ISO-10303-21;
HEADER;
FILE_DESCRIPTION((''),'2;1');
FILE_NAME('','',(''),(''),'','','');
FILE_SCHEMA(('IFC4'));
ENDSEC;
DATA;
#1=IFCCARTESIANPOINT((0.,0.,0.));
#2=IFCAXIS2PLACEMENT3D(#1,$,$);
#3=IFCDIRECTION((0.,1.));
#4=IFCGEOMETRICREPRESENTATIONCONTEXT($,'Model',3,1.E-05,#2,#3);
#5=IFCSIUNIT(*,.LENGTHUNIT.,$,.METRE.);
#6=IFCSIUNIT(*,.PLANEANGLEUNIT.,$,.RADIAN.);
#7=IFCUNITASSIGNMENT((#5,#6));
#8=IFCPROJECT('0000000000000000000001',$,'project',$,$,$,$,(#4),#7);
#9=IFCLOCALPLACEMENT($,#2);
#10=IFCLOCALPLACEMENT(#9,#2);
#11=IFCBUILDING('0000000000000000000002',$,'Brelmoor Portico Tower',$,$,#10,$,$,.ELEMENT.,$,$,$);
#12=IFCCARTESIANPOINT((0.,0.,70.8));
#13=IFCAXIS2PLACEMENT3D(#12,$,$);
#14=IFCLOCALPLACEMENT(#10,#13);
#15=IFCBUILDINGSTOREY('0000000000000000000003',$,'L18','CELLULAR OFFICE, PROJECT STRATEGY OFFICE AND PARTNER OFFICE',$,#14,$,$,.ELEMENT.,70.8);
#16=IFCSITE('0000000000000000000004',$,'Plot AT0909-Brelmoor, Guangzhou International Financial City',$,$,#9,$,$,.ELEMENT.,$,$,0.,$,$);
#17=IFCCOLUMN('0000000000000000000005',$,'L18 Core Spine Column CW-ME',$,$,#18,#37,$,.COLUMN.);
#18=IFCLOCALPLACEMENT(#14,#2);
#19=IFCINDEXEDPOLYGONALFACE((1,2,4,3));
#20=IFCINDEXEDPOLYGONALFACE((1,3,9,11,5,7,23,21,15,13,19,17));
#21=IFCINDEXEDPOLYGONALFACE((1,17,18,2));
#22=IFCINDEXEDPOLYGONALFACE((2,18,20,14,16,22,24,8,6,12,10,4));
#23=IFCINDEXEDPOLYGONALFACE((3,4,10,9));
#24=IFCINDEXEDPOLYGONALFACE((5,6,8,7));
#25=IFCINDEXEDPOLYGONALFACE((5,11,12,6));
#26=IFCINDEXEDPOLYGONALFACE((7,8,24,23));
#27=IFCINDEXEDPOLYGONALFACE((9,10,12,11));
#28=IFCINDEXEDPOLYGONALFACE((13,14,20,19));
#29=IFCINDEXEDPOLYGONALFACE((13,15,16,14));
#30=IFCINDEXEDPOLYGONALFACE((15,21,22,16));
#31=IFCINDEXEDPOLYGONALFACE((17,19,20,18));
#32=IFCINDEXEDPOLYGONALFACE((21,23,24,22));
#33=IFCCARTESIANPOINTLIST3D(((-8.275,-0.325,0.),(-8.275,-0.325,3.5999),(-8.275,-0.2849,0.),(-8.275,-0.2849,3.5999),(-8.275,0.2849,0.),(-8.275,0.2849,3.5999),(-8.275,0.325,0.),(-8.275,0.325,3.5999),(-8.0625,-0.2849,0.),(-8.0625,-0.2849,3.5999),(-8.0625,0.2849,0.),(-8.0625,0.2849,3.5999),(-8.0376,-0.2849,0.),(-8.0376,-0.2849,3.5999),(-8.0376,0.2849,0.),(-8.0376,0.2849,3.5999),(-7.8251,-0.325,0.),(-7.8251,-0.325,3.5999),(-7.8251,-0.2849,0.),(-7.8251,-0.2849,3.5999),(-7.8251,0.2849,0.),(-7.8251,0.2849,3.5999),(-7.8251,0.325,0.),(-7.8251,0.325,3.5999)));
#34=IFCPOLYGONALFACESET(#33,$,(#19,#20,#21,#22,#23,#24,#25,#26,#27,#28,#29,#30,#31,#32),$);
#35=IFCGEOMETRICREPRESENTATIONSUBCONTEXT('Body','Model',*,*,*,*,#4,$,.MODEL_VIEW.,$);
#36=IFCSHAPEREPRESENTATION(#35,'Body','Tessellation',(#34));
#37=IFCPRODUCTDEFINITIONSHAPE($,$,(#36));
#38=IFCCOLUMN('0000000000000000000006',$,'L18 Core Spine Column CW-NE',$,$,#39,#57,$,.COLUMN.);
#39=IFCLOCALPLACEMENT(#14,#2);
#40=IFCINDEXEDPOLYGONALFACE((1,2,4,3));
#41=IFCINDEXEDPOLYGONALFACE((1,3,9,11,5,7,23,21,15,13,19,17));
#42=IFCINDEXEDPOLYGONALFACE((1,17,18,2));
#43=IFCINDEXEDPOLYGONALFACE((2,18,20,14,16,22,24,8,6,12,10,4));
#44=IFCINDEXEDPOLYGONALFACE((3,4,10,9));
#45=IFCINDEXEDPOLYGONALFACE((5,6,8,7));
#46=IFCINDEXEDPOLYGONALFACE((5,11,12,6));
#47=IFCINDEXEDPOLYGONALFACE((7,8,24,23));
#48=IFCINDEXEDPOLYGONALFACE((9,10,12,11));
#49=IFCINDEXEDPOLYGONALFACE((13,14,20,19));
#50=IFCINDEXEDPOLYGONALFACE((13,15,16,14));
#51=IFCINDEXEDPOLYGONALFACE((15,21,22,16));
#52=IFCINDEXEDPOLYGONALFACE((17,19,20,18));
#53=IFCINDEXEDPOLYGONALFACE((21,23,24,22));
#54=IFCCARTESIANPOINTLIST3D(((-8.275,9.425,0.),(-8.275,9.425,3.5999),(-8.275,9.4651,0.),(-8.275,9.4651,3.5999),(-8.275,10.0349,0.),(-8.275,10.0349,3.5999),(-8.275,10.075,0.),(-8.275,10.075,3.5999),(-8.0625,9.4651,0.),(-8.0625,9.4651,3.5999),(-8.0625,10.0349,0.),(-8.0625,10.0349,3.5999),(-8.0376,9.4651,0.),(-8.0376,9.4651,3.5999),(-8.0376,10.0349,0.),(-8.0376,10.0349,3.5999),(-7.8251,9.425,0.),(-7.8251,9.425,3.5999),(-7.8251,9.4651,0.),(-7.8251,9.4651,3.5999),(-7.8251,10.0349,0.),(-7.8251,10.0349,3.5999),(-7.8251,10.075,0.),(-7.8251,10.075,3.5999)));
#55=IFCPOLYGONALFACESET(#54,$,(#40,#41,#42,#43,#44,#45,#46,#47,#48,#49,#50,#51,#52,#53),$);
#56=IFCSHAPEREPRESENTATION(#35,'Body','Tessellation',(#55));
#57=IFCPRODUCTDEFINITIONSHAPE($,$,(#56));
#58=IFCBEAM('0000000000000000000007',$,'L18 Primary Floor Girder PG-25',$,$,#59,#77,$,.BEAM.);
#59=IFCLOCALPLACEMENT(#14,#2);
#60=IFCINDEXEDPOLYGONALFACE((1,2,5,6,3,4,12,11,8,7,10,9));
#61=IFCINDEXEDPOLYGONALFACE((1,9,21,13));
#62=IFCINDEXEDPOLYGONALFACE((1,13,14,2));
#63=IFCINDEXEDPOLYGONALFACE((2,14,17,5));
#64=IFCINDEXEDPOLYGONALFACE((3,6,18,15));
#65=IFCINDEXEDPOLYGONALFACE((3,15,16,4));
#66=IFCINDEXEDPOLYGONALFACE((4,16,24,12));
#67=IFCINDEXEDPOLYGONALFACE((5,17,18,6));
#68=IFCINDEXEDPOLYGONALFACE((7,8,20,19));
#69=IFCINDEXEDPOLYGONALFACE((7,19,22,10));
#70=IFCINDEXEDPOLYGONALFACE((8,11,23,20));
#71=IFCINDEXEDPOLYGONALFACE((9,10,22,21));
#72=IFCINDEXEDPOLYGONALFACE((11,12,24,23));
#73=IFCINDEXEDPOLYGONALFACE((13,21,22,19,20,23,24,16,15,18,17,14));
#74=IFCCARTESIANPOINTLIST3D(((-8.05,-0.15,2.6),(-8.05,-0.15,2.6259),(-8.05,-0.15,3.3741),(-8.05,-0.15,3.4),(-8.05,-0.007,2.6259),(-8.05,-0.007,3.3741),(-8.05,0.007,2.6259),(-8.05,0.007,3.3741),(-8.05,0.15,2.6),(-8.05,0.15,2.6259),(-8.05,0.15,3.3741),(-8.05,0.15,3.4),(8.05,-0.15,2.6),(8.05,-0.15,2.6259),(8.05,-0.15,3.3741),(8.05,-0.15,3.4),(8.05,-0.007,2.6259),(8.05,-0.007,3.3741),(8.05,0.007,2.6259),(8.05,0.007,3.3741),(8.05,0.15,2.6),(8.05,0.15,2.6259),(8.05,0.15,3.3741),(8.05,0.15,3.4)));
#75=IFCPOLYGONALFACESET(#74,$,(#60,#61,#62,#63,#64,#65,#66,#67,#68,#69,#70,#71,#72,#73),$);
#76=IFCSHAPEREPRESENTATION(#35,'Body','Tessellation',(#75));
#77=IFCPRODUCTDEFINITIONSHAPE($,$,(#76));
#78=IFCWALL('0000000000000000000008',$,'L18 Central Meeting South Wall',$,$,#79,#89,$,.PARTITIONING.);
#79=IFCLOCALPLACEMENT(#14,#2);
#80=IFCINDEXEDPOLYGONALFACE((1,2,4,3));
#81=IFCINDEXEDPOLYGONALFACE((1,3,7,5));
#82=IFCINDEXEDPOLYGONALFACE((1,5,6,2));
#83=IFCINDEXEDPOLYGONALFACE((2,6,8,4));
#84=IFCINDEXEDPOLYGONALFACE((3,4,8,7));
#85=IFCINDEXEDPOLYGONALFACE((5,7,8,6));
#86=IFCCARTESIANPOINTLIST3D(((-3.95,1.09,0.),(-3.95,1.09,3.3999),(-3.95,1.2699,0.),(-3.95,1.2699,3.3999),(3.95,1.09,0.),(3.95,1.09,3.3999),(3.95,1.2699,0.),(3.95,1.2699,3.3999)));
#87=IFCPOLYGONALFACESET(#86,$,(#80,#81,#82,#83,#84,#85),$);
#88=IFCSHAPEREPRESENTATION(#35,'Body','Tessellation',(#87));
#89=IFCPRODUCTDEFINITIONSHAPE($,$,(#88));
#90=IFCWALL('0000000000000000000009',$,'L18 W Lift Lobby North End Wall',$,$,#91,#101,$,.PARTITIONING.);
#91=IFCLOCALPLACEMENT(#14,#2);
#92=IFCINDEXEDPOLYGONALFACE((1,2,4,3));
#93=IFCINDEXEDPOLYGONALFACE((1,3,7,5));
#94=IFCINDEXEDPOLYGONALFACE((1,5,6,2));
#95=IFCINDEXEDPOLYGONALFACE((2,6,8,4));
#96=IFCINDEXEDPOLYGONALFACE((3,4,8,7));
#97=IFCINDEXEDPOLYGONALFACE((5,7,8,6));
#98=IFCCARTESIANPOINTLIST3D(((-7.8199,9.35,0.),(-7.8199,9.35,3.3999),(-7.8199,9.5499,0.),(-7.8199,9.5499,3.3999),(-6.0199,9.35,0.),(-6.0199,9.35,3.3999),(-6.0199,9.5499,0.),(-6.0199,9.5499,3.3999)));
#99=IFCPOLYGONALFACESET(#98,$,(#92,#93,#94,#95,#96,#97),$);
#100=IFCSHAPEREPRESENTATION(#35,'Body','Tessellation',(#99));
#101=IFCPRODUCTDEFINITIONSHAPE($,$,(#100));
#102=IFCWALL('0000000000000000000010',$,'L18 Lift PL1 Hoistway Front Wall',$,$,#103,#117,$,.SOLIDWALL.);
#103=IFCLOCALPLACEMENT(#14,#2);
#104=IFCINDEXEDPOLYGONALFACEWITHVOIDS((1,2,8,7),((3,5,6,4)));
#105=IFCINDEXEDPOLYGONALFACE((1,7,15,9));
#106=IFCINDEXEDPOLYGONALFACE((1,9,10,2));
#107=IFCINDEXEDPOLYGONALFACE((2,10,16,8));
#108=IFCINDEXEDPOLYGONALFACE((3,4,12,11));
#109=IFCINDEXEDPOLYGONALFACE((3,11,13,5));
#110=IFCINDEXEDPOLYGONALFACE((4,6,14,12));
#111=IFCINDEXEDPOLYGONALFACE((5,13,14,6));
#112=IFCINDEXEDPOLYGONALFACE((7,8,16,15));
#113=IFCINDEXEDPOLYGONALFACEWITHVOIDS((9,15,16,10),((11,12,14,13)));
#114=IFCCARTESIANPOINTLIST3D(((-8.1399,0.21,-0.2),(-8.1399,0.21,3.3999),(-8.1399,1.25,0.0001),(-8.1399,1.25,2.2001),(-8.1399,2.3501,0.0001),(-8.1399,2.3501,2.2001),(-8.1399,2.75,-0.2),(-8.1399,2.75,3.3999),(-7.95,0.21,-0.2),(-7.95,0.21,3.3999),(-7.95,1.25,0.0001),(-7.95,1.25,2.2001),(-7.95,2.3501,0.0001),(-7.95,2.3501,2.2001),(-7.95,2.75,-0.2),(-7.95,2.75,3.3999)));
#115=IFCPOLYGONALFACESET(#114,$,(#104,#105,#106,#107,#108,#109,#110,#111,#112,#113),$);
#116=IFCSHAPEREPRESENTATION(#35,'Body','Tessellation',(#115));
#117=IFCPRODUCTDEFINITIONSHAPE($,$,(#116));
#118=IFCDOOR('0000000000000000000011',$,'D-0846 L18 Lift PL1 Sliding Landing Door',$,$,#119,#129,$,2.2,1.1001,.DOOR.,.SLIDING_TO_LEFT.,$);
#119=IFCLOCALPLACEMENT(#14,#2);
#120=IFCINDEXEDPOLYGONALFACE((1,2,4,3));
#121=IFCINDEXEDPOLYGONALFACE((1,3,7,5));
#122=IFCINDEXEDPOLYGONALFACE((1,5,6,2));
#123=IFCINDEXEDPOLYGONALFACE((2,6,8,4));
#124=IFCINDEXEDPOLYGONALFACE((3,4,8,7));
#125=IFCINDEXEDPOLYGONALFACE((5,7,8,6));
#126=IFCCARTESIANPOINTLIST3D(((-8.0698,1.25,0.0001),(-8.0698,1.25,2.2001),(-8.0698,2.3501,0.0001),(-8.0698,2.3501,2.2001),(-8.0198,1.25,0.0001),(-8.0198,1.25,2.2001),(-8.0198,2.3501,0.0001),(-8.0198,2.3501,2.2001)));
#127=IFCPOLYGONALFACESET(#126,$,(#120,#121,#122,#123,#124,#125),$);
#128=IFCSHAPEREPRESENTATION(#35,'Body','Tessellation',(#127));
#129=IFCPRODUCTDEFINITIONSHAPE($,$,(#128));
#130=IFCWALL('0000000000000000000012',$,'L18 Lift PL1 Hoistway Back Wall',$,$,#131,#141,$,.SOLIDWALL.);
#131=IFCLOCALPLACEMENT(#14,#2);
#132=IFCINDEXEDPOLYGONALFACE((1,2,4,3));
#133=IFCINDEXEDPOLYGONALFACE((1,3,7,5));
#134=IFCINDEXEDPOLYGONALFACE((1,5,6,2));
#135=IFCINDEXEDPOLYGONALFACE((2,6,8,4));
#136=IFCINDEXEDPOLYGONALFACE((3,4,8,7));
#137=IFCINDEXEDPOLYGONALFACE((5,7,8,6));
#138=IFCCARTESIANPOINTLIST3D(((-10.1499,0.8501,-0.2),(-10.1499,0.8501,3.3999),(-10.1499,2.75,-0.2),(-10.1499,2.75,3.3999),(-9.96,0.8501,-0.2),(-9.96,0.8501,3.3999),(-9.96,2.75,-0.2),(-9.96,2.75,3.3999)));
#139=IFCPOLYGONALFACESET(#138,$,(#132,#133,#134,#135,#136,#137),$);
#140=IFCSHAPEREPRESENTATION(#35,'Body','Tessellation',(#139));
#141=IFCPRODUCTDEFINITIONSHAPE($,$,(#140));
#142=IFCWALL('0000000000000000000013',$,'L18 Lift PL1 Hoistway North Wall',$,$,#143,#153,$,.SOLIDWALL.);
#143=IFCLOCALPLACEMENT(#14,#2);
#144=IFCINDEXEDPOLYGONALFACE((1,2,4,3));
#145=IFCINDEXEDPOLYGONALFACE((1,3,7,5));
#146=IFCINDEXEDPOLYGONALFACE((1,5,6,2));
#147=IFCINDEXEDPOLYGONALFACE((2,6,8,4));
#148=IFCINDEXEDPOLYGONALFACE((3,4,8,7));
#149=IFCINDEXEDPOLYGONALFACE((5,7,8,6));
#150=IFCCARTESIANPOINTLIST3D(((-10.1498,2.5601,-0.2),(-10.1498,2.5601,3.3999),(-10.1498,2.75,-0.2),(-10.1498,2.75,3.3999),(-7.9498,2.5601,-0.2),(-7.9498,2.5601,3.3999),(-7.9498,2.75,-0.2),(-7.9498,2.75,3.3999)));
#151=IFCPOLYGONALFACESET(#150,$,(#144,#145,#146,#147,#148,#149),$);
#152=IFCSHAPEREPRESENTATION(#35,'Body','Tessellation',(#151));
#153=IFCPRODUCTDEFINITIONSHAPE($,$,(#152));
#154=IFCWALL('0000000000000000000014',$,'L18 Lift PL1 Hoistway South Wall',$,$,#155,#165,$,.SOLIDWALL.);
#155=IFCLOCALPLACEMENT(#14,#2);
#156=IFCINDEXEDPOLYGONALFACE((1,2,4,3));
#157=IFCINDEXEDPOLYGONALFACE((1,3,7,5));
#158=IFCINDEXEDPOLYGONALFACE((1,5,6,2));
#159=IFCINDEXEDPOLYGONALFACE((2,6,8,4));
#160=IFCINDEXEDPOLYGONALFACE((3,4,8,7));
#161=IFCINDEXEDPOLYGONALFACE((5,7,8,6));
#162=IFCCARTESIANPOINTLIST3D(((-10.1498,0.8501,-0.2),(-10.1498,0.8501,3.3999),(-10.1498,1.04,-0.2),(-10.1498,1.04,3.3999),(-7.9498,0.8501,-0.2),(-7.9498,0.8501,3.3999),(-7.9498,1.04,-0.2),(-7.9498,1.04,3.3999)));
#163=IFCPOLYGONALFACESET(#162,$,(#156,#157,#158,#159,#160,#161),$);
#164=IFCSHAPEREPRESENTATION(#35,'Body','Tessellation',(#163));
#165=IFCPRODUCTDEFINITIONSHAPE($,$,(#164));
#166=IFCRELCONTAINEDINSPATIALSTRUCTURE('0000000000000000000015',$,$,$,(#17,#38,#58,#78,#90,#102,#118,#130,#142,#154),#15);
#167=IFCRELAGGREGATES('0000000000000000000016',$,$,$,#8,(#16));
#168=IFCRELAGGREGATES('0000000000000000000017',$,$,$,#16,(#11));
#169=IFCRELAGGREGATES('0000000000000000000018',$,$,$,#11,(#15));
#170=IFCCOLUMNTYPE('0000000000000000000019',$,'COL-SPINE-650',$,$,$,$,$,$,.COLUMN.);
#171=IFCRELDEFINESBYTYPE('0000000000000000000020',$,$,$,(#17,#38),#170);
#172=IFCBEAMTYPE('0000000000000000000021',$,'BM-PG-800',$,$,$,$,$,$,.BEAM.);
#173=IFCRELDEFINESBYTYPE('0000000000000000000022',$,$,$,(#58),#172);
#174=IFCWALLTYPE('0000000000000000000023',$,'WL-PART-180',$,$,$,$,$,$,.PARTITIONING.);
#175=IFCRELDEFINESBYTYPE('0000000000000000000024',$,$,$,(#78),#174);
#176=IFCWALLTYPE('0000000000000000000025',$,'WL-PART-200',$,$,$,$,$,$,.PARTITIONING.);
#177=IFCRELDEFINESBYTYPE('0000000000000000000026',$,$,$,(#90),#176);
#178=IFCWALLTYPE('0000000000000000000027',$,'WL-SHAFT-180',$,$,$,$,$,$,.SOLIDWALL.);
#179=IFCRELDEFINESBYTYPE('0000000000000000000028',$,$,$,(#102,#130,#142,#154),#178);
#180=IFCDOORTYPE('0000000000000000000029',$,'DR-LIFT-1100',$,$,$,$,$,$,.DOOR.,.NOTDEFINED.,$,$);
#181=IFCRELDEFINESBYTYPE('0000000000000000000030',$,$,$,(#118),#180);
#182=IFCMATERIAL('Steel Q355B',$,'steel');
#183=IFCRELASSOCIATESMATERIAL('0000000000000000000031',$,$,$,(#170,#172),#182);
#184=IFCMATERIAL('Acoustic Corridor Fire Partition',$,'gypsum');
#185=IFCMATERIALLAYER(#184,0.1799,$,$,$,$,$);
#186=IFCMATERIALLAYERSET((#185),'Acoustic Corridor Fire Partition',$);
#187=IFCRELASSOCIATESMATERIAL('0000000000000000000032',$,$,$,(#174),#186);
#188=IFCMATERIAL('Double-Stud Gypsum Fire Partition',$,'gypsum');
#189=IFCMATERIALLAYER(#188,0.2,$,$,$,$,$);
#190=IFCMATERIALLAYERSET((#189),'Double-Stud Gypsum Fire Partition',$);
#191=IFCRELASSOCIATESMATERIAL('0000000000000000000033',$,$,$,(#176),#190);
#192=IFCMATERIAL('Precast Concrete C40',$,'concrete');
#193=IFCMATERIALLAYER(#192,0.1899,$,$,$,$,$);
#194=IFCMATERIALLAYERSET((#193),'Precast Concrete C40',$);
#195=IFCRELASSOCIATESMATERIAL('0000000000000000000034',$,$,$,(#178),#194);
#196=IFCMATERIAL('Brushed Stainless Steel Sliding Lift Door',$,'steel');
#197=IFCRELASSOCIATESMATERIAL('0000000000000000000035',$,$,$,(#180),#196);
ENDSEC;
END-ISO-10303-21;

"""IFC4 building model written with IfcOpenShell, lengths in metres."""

from ifc_helpers import new_model, si_unit, direction, frame, frame_2d, origin, origin_2d, place, context, subcontext, project, spatial, rectangle, i_section, extrude, material, layer, layer_set, material_profile, profile_set, type_object, element, fill, save


model = new_model("IFC4")

# Units and contexts
model_context = context("Model", 3, precision=1e-05, world=origin(), true_north=direction((0.0, 1.0)))
body_context = subcontext(model_context, "Body", "Model", "MODEL_VIEW")
ifc_project = project(units=[si_unit("LENGTHUNIT", "METRE"), si_unit("PLANEANGLEUNIT", "RADIAN")], contexts=[model_context])

# Site, building, storey
site_placement = place(None, origin())
site = spatial("IfcSite", under=ifc_project, at=site_placement, Name="Plot AT0909-Brelmoor, Guangzhou International Financial City", CompositionType="ELEMENT", RefElevation=0.0)
building_placement = place(site_placement, origin())
building = spatial("IfcBuilding", under=site, at=building_placement, Name="Brelmoor Portico Tower", CompositionType="ELEMENT")
storey_placement = place(building_placement, frame((0.0, 0.0, 70.8)))
storey = spatial("IfcBuildingStorey", under=building, at=storey_placement, Name="L18", Description="CELLULAR OFFICE, PROJECT STRATEGY OFFICE AND PARTNER OFFICE", CompositionType="ELEMENT", Elevation=70.8)

# Columns
ifc_material_1 = material(Name="Steel Q355B", Category="steel")
ifc_material_profile_1 = material_profile(ifc_material_1, i_section(OverallWidth=0.45, OverallDepth=0.6499, WebThickness=0.0249, FlangeThickness=0.04, at=origin_2d()), Name="HW 650x450x25x40")
ifc_profile_set_1 = profile_set([ifc_material_profile_1], Name="Steel Q355B")
column_type = type_object("IfcColumnType", Name="COL-SPINE-650", PredefinedType="COLUMN", material=ifc_profile_set_1)
for number, where, z_axis, x_axis, name in (
    (1, (-8.05, 0.0, 0.0), (0.0, 0.0, 1.0), (1.0, 0.0, 0.0), "L18 Core Spine Column CW-ME"),
    (2, (-8.05, 9.75, 0.0), (0.0, 0.0, 1.0), (1.0, 0.0, 0.0), "L18 Core Spine Column CW-NE"),
):
    element("IfcColumn", number, at=place(storey_placement, frame(where, z_axis=z_axis, x_axis=x_axis)), inside=storey, type_object=column_type, Name=name, PredefinedType="COLUMN", context=body_context, shape_type="SweptSolid", body=[
        extrude(i_section(OverallWidth=0.45, OverallDepth=0.6499, WebThickness=0.0249, FlangeThickness=0.04, at=origin_2d()), origin(), (0.0, 0.0, 1.0), 3.5999),
    ])

# Beam
ifc_material_profile_2 = material_profile(ifc_material_1, i_section(OverallWidth=0.3, OverallDepth=0.8, WebThickness=0.0139, FlangeThickness=0.0259, at=origin_2d()), Name="HN 800x300x14x26")
ifc_profile_set_2 = profile_set([ifc_material_profile_2], Name="Steel Q355B")
beam_type = type_object("IfcBeamType", Name="BM-PG-800", PredefinedType="BEAM", material=ifc_profile_set_2)
beam_placement = place(storey_placement, frame((-8.05, 0.0, 3.0), z_axis=(1.0, 0.0, 0.0), x_axis=(0.0, 1.0, 0.0)))
element("IfcBeam", 3, at=beam_placement, inside=storey, type_object=beam_type, Name="L18 Primary Floor Girder PG-25", PredefinedType="BEAM", context=body_context, shape_type="SweptSolid", body=[
    extrude(i_section(OverallWidth=0.3, OverallDepth=0.8, WebThickness=0.0139, FlangeThickness=0.0259, at=origin_2d()), origin(), (0.0, 0.0, 1.0), 16.1001),
])

# Walls
ifc_material_2 = material(Name="Acoustic Corridor Fire Partition", Category="gypsum")
ifc_layer_1 = layer(ifc_material_2, 0.1799)
ifc_layer_set_1 = layer_set([ifc_layer_1], Name="Acoustic Corridor Fire Partition")
wall_type_1 = type_object("IfcWallType", Name="WL-PART-180", PredefinedType="PARTITIONING", material=ifc_layer_set_1)
wall_1_placement = place(storey_placement, frame((-3.95, 1.1799, 0.0), z_axis=(0.0, 0.0, 1.0), x_axis=(1.0, 0.0, 0.0)))
element("IfcWall", 4, at=wall_1_placement, inside=storey, type_object=wall_type_1, Name="L18 Central Meeting South Wall", PredefinedType="PARTITIONING", context=body_context, shape_type="SweptSolid", body=[
    extrude(rectangle(XDim=7.8999, YDim=0.1799, at=frame_2d((3.95, 0.0))), origin(), (0.0, 0.0, 1.0), 3.3999),
])
ifc_material_3 = material(Name="Double-Stud Gypsum Fire Partition", Category="gypsum")
ifc_layer_2 = layer(ifc_material_3, 0.2)
ifc_layer_set_2 = layer_set([ifc_layer_2], Name="Double-Stud Gypsum Fire Partition")
wall_type_2 = type_object("IfcWallType", Name="WL-PART-200", PredefinedType="PARTITIONING", material=ifc_layer_set_2)
wall_2_placement = place(storey_placement, frame((-6.02, 9.45, 0.0), z_axis=(0.0, 0.0, 1.0), x_axis=(-1.0, 0.0, 0.0)))
element("IfcWall", 5, at=wall_2_placement, inside=storey, type_object=wall_type_2, Name="L18 W Lift Lobby North End Wall", PredefinedType="PARTITIONING", context=body_context, shape_type="SweptSolid", body=[
    extrude(rectangle(XDim=1.8, YDim=0.2, at=frame_2d((0.8999, 0.0))), origin(), (0.0, 0.0, 1.0), 3.3999),
])

# Wall, opening, door
ifc_material_4 = material(Name="Precast Concrete C40", Category="concrete")
ifc_layer_3 = layer(ifc_material_4, 0.1899)
ifc_layer_set_3 = layer_set([ifc_layer_3], Name="Precast Concrete C40")
wall_type_3 = type_object("IfcWallType", Name="WL-SHAFT-180", PredefinedType="SOLIDWALL", material=ifc_layer_set_3)
wall_3_placement = place(storey_placement, frame((-8.0449, 0.21, -0.2), z_axis=(0.0, 0.0, 1.0), x_axis=(0.0, 1.0, 0.0)))
wall_3 = element("IfcWall", 6, at=wall_3_placement, inside=storey, type_object=wall_type_3, Name="L18 Lift PL1 Hoistway Front Wall", PredefinedType="SOLIDWALL", context=body_context, shape_type="SweptSolid", body=[
    extrude(rectangle(XDim=2.54, YDim=0.1899, at=frame_2d((1.27, 0.0))), origin(), (0.0, 0.0, 1.0), 3.5999),
])
opening_1_placement = place(wall_3_placement, frame((1.04, 0.0, 0.2)))
opening_1 = element("IfcOpeningElement", 7, at=opening_1_placement, cuts=wall_3, PredefinedType="OPENING", context=body_context, shape_type="SweptSolid", body=[
    extrude(rectangle(XDim=1.1001, YDim=2.2, at=frame_2d((0.55, 1.1001))), frame((0.0, 0.105, 0.0), z_axis=(0.0, -1.0, 0.0), x_axis=(1.0, 0.0, 0.0)), (0.0, 0.0, 1.0), 0.21),
])
ifc_material_5 = material(Name="Brushed Stainless Steel Sliding Lift Door", Category="steel")
door_type = type_object("IfcDoorType", Name="DR-LIFT-1100", OperationType="NOTDEFINED", PredefinedType="DOOR", material=ifc_material_5)
door_1_placement = place(opening_1_placement, origin())
door_1 = element("IfcDoor", 8, at=door_1_placement, inside=storey, type_object=door_type, Name="D-0846 L18 Lift PL1 Sliding Landing Door", OperationType="SLIDING_TO_LEFT", OverallHeight=2.2, OverallWidth=1.1001, PredefinedType="DOOR", context=body_context, shape_type="SweptSolid", body=[
    extrude(rectangle(XDim=1.1001, YDim=2.2, at=frame_2d((0.55, 1.1001))), frame((0.0, 0.0249, 0.0), z_axis=(0.0, -1.0, 0.0), x_axis=(1.0, 0.0, 0.0)), (0.0, 0.0, 1.0), 0.05),
])
fill(opening_1, door_1)

# Walls
wall_4_placement = place(storey_placement, frame((-10.0549, 0.8501, -0.2), z_axis=(0.0, 0.0, 1.0), x_axis=(0.0, 1.0, 0.0)))
element("IfcWall", 9, at=wall_4_placement, inside=storey, type_object=wall_type_3, Name="L18 Lift PL1 Hoistway Back Wall", PredefinedType="SOLIDWALL", context=body_context, shape_type="SweptSolid", body=[
    extrude(rectangle(XDim=1.8999, YDim=0.1899, at=frame_2d((0.95, 0.0))), origin(), (0.0, 0.0, 1.0), 3.5999),
])
for number, where, z_axis, x_axis, name in (
    (10, (-10.1499, 2.655, -0.2), (0.0, 0.0, 1.0), (1.0, 0.0, 0.0), "L18 Lift PL1 Hoistway North Wall"),
    (11, (-10.1499, 0.9451, -0.2), (0.0, 0.0, 1.0), (1.0, 0.0, 0.0), "L18 Lift PL1 Hoistway South Wall"),
):
    element("IfcWall", number, at=place(storey_placement, frame(where, z_axis=z_axis, x_axis=x_axis)), inside=storey, type_object=wall_type_3, Name=name, PredefinedType="SOLIDWALL", context=body_context, shape_type="SweptSolid", body=[
        extrude(rectangle(XDim=2.2, YDim=0.1899, at=frame_2d((1.1001, 0.0))), origin(), (0.0, 0.0, 1.0), 3.5999),
    ])

save(model, "model.ifc")
